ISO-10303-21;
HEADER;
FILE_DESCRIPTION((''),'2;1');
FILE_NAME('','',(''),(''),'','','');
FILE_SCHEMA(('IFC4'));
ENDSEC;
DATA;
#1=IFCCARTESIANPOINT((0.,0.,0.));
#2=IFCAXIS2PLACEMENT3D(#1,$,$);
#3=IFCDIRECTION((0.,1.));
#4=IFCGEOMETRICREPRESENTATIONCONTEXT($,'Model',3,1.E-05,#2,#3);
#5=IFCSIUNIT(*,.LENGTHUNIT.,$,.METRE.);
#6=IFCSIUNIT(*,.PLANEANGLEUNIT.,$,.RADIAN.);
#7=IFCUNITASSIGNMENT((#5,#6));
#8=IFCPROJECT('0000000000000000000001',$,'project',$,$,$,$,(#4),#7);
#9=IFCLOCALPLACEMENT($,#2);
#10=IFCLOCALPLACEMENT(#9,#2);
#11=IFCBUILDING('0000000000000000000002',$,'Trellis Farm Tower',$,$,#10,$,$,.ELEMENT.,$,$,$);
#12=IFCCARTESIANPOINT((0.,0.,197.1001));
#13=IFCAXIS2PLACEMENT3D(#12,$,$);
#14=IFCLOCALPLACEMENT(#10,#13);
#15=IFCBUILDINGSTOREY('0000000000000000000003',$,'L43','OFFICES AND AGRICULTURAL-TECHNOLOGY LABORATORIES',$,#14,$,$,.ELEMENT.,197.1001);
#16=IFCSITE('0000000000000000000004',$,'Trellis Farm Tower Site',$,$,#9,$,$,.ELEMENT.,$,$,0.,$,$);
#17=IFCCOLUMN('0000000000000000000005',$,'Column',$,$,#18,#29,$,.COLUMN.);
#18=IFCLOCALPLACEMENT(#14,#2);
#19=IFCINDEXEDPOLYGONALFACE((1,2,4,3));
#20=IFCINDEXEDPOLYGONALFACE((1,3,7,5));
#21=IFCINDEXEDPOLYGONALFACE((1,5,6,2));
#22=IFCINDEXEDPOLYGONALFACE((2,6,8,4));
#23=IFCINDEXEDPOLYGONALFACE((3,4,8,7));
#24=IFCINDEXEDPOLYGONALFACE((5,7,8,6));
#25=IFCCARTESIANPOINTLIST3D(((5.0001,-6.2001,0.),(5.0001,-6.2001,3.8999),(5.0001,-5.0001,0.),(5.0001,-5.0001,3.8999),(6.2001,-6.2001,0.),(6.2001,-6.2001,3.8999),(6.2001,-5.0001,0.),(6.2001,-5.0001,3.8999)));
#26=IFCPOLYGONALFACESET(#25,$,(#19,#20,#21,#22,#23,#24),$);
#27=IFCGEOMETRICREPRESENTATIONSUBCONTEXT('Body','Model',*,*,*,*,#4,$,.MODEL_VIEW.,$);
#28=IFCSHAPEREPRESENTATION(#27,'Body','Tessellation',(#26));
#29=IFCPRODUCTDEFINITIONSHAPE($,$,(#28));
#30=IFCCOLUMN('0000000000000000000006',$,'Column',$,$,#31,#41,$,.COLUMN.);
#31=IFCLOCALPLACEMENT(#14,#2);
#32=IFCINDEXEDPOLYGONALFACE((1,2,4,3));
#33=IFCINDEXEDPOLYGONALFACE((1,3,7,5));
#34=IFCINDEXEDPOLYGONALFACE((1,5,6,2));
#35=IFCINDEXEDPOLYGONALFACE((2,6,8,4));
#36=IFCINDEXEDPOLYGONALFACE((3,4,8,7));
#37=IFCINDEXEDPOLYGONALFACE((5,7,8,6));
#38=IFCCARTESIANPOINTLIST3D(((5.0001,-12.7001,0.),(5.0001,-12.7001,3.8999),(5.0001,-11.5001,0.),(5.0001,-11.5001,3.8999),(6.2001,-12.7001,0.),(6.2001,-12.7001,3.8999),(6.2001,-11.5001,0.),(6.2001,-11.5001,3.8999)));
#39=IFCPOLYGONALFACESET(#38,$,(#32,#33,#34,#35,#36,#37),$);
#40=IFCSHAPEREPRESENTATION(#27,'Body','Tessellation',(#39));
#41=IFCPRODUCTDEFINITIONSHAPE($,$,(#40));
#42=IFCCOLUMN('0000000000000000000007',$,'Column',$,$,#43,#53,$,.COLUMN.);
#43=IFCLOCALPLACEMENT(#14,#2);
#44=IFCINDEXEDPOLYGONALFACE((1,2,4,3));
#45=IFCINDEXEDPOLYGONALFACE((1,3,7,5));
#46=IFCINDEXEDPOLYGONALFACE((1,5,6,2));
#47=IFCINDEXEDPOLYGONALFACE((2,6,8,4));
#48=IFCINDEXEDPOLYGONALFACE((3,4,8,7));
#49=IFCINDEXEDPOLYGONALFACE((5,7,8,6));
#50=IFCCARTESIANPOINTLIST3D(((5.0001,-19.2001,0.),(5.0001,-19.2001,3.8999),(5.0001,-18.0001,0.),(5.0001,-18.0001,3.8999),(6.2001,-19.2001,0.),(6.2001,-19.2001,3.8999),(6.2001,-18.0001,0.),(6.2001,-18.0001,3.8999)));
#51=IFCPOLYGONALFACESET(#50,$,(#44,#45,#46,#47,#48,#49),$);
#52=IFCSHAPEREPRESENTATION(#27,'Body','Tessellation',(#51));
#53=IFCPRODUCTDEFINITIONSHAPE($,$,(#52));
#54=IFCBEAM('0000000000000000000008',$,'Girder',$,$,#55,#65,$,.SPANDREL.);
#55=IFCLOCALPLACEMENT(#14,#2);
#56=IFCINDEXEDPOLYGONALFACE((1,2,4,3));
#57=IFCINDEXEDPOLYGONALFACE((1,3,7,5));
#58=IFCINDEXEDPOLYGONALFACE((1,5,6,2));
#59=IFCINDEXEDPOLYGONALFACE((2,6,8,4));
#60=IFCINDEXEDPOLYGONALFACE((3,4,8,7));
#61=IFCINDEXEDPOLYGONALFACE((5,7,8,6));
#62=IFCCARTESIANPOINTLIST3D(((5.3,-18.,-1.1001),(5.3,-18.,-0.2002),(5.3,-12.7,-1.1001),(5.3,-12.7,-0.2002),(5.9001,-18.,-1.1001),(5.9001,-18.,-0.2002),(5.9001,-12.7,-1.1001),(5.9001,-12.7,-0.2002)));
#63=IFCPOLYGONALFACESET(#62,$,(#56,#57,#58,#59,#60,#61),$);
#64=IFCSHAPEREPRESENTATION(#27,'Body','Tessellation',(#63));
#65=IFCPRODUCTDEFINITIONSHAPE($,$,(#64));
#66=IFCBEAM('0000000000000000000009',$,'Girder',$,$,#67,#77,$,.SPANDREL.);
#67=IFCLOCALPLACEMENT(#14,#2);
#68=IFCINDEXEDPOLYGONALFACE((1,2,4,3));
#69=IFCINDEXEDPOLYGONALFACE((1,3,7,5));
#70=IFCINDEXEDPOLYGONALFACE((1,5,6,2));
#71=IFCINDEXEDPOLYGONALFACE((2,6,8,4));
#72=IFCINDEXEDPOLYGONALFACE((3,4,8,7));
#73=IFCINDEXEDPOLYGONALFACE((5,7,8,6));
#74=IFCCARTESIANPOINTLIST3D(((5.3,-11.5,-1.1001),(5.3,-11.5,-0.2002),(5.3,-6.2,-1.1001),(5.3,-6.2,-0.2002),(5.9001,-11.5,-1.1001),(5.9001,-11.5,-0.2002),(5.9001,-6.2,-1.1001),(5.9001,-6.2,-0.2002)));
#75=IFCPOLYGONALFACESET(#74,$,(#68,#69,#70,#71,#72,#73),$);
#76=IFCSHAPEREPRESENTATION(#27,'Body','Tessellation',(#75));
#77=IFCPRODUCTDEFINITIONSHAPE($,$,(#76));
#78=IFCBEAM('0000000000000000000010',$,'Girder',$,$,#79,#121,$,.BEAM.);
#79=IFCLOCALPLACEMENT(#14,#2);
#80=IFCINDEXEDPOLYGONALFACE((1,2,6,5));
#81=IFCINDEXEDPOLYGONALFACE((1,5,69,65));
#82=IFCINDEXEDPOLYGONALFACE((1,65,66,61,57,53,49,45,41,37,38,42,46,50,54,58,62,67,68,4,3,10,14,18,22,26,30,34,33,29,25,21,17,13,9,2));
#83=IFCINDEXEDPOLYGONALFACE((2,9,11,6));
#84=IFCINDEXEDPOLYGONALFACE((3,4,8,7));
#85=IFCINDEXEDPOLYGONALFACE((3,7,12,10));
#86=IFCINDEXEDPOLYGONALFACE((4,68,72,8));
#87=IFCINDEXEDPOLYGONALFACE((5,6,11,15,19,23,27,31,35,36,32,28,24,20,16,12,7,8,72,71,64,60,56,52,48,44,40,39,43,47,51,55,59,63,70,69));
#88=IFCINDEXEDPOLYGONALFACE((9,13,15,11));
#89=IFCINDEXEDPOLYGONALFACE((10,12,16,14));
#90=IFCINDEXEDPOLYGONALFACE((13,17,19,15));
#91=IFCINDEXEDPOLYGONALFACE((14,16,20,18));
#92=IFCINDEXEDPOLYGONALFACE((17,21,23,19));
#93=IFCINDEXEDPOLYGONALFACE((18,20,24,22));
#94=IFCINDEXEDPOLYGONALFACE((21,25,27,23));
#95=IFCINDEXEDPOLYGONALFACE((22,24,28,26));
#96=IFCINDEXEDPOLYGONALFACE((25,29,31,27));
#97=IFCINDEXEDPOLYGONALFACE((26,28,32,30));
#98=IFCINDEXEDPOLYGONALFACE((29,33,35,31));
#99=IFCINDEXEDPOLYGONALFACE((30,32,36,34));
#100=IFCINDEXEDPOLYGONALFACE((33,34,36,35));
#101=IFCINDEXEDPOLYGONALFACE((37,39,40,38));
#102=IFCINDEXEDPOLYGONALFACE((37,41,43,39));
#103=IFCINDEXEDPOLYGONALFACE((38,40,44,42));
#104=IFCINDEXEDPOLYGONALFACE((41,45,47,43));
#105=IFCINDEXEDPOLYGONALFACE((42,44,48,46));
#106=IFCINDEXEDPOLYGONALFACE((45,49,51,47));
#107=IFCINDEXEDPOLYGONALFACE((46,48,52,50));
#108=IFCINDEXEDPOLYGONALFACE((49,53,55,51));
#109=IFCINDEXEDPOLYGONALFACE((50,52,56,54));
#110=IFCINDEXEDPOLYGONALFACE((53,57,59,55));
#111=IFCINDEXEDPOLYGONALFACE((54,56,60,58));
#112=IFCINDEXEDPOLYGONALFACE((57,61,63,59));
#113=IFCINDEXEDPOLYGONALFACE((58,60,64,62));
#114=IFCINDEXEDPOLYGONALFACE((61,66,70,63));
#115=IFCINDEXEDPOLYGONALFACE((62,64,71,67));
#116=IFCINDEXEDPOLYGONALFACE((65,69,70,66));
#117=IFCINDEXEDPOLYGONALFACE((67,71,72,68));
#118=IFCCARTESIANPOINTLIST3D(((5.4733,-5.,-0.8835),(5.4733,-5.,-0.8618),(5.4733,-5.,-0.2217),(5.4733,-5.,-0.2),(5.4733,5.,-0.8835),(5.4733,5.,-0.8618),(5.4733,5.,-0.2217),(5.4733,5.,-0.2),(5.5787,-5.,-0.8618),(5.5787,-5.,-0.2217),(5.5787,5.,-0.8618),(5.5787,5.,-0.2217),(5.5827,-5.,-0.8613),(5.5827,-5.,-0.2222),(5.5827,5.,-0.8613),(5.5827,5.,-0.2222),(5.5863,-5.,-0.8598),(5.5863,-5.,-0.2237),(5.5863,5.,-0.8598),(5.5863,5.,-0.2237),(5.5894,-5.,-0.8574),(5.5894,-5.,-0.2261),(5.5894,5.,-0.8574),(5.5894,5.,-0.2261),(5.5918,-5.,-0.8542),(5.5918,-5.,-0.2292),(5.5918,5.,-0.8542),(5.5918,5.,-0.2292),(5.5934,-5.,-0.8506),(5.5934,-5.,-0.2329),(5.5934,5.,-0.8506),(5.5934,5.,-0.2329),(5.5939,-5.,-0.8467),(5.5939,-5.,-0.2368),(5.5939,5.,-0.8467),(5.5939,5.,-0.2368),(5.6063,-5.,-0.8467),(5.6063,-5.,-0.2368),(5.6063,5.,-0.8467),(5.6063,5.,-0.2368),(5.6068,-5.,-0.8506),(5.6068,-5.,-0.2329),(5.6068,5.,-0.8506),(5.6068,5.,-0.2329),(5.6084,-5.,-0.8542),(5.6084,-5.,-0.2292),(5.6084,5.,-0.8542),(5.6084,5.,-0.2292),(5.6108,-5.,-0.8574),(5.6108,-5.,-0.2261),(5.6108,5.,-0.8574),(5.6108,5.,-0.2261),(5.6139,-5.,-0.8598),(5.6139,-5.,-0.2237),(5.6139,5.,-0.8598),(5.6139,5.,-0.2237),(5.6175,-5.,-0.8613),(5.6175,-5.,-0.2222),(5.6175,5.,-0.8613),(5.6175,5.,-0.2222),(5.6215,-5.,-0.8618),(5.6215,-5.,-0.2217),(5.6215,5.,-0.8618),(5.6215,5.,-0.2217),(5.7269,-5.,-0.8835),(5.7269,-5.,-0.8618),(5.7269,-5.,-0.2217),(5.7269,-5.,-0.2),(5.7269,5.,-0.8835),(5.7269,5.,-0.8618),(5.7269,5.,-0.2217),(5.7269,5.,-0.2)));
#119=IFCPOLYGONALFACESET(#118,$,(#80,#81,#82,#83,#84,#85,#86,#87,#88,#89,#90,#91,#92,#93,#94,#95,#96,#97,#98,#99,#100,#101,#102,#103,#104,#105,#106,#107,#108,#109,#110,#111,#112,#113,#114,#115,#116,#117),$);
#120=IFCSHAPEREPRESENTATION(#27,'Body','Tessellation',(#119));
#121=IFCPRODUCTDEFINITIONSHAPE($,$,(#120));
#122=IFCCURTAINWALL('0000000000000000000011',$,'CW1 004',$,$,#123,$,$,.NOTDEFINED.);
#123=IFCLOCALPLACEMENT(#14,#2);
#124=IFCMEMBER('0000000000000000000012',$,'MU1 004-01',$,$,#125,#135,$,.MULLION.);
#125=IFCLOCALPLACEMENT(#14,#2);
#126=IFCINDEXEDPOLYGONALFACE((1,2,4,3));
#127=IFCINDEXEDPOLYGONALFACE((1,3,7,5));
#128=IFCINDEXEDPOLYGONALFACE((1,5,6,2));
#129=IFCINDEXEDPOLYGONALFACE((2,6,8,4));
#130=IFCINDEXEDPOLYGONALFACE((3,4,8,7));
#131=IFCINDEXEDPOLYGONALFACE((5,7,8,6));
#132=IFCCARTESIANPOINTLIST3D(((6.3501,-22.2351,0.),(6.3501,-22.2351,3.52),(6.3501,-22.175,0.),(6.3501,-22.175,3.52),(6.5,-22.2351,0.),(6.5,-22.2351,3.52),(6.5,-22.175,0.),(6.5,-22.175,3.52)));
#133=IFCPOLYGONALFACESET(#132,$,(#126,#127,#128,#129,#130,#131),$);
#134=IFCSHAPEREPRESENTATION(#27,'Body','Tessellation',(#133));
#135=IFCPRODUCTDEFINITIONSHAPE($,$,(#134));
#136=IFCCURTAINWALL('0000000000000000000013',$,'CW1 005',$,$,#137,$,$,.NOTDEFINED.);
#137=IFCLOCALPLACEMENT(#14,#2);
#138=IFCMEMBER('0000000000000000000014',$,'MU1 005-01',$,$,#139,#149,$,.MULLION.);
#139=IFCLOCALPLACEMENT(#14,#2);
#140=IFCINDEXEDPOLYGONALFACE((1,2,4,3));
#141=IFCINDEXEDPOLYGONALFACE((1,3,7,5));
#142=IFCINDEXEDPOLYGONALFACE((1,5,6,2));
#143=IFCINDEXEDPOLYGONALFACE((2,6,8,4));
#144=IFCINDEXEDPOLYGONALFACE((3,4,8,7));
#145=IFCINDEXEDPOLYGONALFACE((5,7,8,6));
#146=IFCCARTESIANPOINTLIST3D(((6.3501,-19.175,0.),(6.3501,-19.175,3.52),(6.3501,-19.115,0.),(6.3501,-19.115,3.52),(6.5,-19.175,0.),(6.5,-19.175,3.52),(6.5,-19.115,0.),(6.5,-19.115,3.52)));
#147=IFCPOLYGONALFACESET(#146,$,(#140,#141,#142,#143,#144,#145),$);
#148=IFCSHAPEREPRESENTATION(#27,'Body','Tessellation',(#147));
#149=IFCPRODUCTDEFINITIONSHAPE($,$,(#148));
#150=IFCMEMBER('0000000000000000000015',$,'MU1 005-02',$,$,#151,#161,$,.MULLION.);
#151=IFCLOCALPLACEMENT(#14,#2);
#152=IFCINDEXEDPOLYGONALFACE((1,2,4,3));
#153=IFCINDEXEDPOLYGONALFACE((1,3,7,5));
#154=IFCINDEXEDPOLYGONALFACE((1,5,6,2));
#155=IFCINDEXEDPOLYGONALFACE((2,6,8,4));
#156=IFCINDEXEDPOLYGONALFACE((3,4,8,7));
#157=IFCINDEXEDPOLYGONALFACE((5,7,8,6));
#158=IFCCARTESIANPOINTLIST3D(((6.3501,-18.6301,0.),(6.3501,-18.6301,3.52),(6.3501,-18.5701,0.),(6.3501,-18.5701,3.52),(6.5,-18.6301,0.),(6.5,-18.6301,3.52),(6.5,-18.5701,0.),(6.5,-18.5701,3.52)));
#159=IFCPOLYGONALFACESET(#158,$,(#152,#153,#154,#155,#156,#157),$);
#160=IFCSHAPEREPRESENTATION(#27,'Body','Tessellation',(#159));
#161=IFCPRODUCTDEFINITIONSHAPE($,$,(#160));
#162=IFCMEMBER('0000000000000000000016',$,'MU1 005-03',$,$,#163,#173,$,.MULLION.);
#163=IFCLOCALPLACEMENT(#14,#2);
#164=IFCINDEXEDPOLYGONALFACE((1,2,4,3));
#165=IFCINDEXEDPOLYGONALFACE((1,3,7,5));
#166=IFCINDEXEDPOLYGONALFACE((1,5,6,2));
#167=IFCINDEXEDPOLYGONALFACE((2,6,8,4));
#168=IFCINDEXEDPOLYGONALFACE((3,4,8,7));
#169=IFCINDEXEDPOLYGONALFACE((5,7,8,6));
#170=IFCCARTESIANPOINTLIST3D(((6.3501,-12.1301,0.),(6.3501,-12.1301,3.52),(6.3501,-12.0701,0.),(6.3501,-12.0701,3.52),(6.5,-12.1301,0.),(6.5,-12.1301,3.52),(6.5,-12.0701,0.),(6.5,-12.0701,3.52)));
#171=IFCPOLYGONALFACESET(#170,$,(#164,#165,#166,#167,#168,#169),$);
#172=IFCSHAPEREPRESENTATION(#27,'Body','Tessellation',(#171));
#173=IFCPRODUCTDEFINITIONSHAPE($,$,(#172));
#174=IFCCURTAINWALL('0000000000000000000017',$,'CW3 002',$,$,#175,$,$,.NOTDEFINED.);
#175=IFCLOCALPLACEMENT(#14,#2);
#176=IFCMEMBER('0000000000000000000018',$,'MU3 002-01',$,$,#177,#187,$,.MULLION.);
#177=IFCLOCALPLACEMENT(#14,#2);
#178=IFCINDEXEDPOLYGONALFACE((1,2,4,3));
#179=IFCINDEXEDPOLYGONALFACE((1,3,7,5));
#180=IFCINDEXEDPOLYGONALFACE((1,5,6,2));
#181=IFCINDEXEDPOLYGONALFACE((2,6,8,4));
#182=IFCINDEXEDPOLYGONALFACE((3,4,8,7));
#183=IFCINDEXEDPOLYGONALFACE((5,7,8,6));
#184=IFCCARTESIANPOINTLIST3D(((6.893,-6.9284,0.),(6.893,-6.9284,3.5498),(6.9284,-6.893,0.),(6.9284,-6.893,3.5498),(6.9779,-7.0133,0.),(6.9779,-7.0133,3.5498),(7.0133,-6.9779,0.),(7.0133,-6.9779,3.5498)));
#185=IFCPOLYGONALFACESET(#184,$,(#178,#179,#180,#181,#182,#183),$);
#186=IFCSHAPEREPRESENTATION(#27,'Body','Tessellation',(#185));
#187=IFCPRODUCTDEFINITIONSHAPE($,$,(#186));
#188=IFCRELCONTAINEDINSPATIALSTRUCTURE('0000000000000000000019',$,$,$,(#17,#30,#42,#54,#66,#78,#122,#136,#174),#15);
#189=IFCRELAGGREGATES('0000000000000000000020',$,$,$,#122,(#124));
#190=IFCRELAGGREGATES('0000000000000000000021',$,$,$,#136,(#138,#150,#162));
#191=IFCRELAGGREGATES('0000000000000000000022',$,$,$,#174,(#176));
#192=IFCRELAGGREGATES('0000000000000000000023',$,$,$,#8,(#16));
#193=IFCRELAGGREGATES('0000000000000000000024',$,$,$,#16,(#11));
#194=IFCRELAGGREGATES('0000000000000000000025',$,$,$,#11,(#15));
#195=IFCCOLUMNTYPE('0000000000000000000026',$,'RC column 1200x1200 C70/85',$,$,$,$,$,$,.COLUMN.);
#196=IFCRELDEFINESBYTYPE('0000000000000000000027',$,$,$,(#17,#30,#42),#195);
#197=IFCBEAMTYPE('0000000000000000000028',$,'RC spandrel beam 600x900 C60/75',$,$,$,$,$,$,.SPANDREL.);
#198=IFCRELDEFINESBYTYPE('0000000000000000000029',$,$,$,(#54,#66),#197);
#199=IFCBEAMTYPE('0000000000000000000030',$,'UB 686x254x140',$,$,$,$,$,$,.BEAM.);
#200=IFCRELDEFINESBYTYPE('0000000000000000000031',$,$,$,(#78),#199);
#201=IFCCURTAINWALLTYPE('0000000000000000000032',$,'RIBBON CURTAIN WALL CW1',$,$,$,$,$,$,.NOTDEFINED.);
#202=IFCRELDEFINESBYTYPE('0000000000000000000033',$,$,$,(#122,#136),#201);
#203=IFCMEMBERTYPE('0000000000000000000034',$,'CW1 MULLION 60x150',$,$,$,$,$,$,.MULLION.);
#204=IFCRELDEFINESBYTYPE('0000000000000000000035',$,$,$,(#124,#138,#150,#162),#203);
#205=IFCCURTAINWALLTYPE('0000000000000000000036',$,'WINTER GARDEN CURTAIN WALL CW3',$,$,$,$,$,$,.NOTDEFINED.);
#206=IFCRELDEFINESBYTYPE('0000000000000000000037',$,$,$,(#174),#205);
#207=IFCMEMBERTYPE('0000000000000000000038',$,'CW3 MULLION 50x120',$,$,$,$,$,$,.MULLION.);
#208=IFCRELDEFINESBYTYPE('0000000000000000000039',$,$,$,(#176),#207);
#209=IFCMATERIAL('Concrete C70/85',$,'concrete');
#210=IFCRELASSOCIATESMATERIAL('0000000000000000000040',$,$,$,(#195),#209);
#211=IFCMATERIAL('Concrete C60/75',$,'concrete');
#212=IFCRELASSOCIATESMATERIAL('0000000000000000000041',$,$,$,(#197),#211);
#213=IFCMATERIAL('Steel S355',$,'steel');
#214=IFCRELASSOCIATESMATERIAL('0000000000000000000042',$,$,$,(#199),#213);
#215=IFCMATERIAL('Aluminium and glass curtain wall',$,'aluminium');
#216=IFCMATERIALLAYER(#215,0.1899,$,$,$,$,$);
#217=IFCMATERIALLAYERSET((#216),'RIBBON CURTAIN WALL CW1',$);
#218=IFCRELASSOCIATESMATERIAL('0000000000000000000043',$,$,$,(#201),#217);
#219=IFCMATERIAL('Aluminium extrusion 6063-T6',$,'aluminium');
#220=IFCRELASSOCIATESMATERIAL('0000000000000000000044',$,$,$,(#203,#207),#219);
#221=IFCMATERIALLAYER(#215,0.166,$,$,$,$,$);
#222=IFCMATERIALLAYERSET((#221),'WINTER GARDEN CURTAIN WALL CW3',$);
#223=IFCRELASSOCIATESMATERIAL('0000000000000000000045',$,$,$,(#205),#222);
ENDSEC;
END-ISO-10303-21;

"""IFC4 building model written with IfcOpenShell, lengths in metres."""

from ifc_helpers import new_model, si_unit, direction, frame, origin, origin_2d, place, context, subcontext, project, spatial, rectangle, i_section, extrude, source, transform, mapped, material, layer, layer_set, material_profile, profile_set, type_object, element, aggregate, save


model = new_model("IFC4")

# Units and contexts
model_context = context("Model", 3, precision=1e-05, world=origin(), true_north=direction((0.0, 1.0)))
body_context = subcontext(model_context, "Body", "Model", "MODEL_VIEW")
ifc_project = project(units=[si_unit("LENGTHUNIT", "METRE"), si_unit("PLANEANGLEUNIT", "RADIAN")], contexts=[model_context])

# Site, building, storey
site_placement = place(None, origin())
site = spatial("IfcSite", under=ifc_project, at=site_placement, Name="Trellis Farm Tower Site", CompositionType="ELEMENT", RefElevation=0.0)
building_placement = place(site_placement, origin())
building = spatial("IfcBuilding", under=site, at=building_placement, Name="Trellis Farm Tower", CompositionType="ELEMENT")
storey_placement = place(building_placement, frame((0.0, 0.0, 197.1001)))
storey = spatial("IfcBuildingStorey", under=building, at=storey_placement, Name="L43", Description="OFFICES AND AGRICULTURAL-TECHNOLOGY LABORATORIES", CompositionType="ELEMENT", Elevation=197.1001)

# Columns
ifc_material_1 = material(Name="Concrete C70/85", Category="concrete")
ifc_material_profile_1 = material_profile(ifc_material_1, rectangle(XDim=1.2, YDim=1.2, at=origin_2d()), Name="RC column 1200x1200 C70/85")
ifc_profile_set_1 = profile_set([ifc_material_profile_1], Name="Concrete C70/85")
column_type = type_object("IfcColumnType", Name="RC column 1200x1200 C70/85", PredefinedType="COLUMN", material=ifc_profile_set_1)
shared_shape_1 = source(origin(), body_context, "Body", "SweptSolid", [
    extrude(rectangle(XDim=1.2, YDim=1.2, at=origin_2d()), origin(), (0.0, 0.0, 1.0), 3.8999),
])
for number, where, z_axis, x_axis, name in (
    (1, (5.6001, -5.6001, 0.0), (0.0, 0.0, 1.0), (1.0, 0.0, 0.0), "Column"),
    (2, (5.6001, -12.1001, 0.0), (0.0, 0.0, 1.0), (1.0, 0.0, 0.0), "Column"),
    (3, (5.6001, -18.6001, 0.0), (0.0, 0.0, 1.0), (1.0, 0.0, 0.0), "Column"),
):
    element("IfcColumn", number, at=place(storey_placement, frame(where, z_axis=z_axis, x_axis=x_axis)), inside=storey, type_object=column_type, Name=name, PredefinedType="COLUMN", context=body_context, shape_type="MappedRepresentation", body=[
        mapped(shared_shape_1, transform((0.0, 0.0, 0.0))),
    ])

# Beams
ifc_material_2 = material(Name="Concrete C60/75", Category="concrete")
ifc_material_profile_2 = material_profile(ifc_material_2, rectangle(XDim=0.6001, YDim=0.8999, at=origin_2d()), Name="RC spandrel beam 600x900 C60/75")
ifc_profile_set_2 = profile_set([ifc_material_profile_2], Name="Concrete C60/75")
beam_type_1 = type_object("IfcBeamType", Name="RC spandrel beam 600x900 C60/75", PredefinedType="SPANDREL", material=ifc_profile_set_2)
shared_shape_2 = source(origin(), body_context, "Body", "SweptSolid", [
    extrude(rectangle(XDim=0.6001, YDim=0.8999, at=origin_2d()), origin(), (0.0, 0.0, 1.0), 5.3),
])
for number, where, z_axis, x_axis, name in (
    (4, (5.6001, -18.0, -0.6501), (0.0, 1.0, 0.0), (-1.0, 0.0, 0.0), "Girder"),
    (5, (5.6001, -11.5, -0.6501), (0.0, 1.0, 0.0), (-1.0, 0.0, 0.0), "Girder"),
):
    element("IfcBeam", number, at=place(storey_placement, frame(where, z_axis=z_axis, x_axis=x_axis)), inside=storey, type_object=beam_type_1, Name=name, PredefinedType="SPANDREL", context=body_context, shape_type="MappedRepresentation", body=[
        mapped(shared_shape_2, transform((0.0, 0.0, 0.0))),
    ])
ifc_material_3 = material(Name="Steel S355", Category="steel")
ifc_material_profile_3 = material_profile(ifc_material_3, i_section(OverallWidth=0.2537, OverallDepth=0.6836, WebThickness=0.0125, FlangeThickness=0.0217, FilletRadius=0.0151, at=origin_2d()), Name="UB 686x254x140")
ifc_profile_set_3 = profile_set([ifc_material_profile_3], Name="Steel S355")
beam_type_2 = type_object("IfcBeamType", Name="UB 686x254x140", PredefinedType="BEAM", material=ifc_profile_set_3)
shared_shape_3 = source(origin(), body_context, "Body", "SweptSolid", [
    extrude(i_section(OverallWidth=0.2537, OverallDepth=0.6836, WebThickness=0.0125, FlangeThickness=0.0217, FilletRadius=0.0151, at=origin_2d()), origin(), (0.0, 0.0, 1.0), 10.0),
])
beam_placement = place(storey_placement, frame((5.6001, -5.0, -0.5417), z_axis=(0.0, 1.0, 0.0), x_axis=(-1.0, 0.0, 0.0)))
element("IfcBeam", 6, at=beam_placement, inside=storey, type_object=beam_type_2, Name="Girder", PredefinedType="BEAM", context=body_context, shape_type="MappedRepresentation", body=[
    mapped(shared_shape_3, transform((0.0, 0.0, 0.0))),
])

# Curtain wall, member
ifc_material_4 = material(Name="Aluminium and glass curtain wall", Category="aluminium")
ifc_layer_1 = layer(ifc_material_4, 0.1899)
ifc_layer_set_1 = layer_set([ifc_layer_1], Name="RIBBON CURTAIN WALL CW1")
curtain_wall_type_1 = type_object("IfcCurtainWallType", Name="RIBBON CURTAIN WALL CW1", PredefinedType="NOTDEFINED", material=ifc_layer_set_1)
placement = place(storey_placement, origin())
curtain_wall_1 = element("IfcCurtainWall", 7, at=placement, inside=storey, type_object=curtain_wall_type_1, Name="CW1 004", PredefinedType="NOTDEFINED")
ifc_material_5 = material(Name="Aluminium extrusion 6063-T6", Category="aluminium")
ifc_material_profile_4 = material_profile(ifc_material_5, rectangle(XDim=0.0601, YDim=0.1499, at=origin_2d()), Name="MULLION 60x150")
ifc_profile_set_4 = profile_set([ifc_material_profile_4], Name="Aluminium extrusion 6063-T6")
member_type_1 = type_object("IfcMemberType", Name="CW1 MULLION 60x150", PredefinedType="MULLION", material=ifc_profile_set_4)
shared_shape_4 = source(origin(), body_context, "Body", "SweptSolid", [
    extrude(rectangle(XDim=0.0601, YDim=0.1499, at=origin_2d()), origin(), (0.0, 0.0, 1.0), 3.52),
])
member_1_placement = place(storey_placement, frame((6.425, -22.2051, 0.0), z_axis=(0.0, 0.0, 1.0), x_axis=(0.0, 1.0, 0.0)))
member_1 = element("IfcMember", 8, at=member_1_placement, type_object=member_type_1, Name="MU1 004-01", PredefinedType="MULLION", context=body_context, shape_type="MappedRepresentation", body=[
    mapped(shared_shape_4, transform((0.0, 0.0, 0.0))),
])
aggregate(curtain_wall_1, [member_1])

# Curtain wall, members
curtain_wall_2 = element("IfcCurtainWall", 9, at=placement, inside=storey, type_object=curtain_wall_type_1, Name="CW1 005", PredefinedType="NOTDEFINED")
member_2_placement = place(storey_placement, frame((6.425, -19.145, 0.0), z_axis=(0.0, 0.0, 1.0), x_axis=(0.0, 1.0, 0.0)))
member_2 = element("IfcMember", 10, at=member_2_placement, type_object=member_type_1, Name="MU1 005-01", PredefinedType="MULLION", context=body_context, shape_type="MappedRepresentation", body=[
    mapped(shared_shape_4, transform((0.0, 0.0, 0.0))),
])
member_3_placement = place(storey_placement, frame((6.425, -18.6001, 0.0), z_axis=(0.0, 0.0, 1.0), x_axis=(0.0, 1.0, 0.0)))
member_3 = element("IfcMember", 11, at=member_3_placement, type_object=member_type_1, Name="MU1 005-02", PredefinedType="MULLION", context=body_context, shape_type="MappedRepresentation", body=[
    mapped(shared_shape_4, transform((0.0, 0.0, 0.0))),
])
member_4_placement = place(storey_placement, frame((6.425, -12.1001, 0.0), z_axis=(0.0, 0.0, 1.0), x_axis=(0.0, 1.0, 0.0)))
member_4 = element("IfcMember", 12, at=member_4_placement, type_object=member_type_1, Name="MU1 005-03", PredefinedType="MULLION", context=body_context, shape_type="MappedRepresentation", body=[
    mapped(shared_shape_4, transform((0.0, 0.0, 0.0))),
])
aggregate(curtain_wall_2, [member_2, member_3, member_4])

# Curtain wall, member
ifc_layer_2 = layer(ifc_material_4, 0.166)
ifc_layer_set_2 = layer_set([ifc_layer_2], Name="WINTER GARDEN CURTAIN WALL CW3")
curtain_wall_type_2 = type_object("IfcCurtainWallType", Name="WINTER GARDEN CURTAIN WALL CW3", PredefinedType="NOTDEFINED", material=ifc_layer_set_2)
curtain_wall_3 = element("IfcCurtainWall", 13, at=placement, inside=storey, type_object=curtain_wall_type_2, Name="CW3 002", PredefinedType="NOTDEFINED")
ifc_material_profile_5 = material_profile(ifc_material_5, rectangle(XDim=0.05, YDim=0.1201, at=origin_2d()), Name="MULLION 50x120")
ifc_profile_set_5 = profile_set([ifc_material_profile_5], Name="Aluminium extrusion 6063-T6")
member_type_2 = type_object("IfcMemberType", Name="CW3 MULLION 50x120", PredefinedType="MULLION", material=ifc_profile_set_5)
shared_shape_5 = source(origin(), body_context, "Body", "SweptSolid", [
    extrude(rectangle(XDim=0.05, YDim=0.1201, at=origin_2d()), origin(), (0.0, 0.0, 1.0), 3.5498),
])
member_5_placement = place(storey_placement, frame((6.9531, -6.9531, 0.0), z_axis=(0.0, 0.0, 1.0), x_axis=(0.707107, 0.707107, 0.0)))
member_5 = element("IfcMember", 14, at=member_5_placement, type_object=member_type_2, Name="MU3 002-01", PredefinedType="MULLION", context=body_context, shape_type="MappedRepresentation", body=[
    mapped(shared_shape_5, transform((0.0, 0.0, 0.0))),
])
aggregate(curtain_wall_3, [member_5])

save(model, "model.ifc")
